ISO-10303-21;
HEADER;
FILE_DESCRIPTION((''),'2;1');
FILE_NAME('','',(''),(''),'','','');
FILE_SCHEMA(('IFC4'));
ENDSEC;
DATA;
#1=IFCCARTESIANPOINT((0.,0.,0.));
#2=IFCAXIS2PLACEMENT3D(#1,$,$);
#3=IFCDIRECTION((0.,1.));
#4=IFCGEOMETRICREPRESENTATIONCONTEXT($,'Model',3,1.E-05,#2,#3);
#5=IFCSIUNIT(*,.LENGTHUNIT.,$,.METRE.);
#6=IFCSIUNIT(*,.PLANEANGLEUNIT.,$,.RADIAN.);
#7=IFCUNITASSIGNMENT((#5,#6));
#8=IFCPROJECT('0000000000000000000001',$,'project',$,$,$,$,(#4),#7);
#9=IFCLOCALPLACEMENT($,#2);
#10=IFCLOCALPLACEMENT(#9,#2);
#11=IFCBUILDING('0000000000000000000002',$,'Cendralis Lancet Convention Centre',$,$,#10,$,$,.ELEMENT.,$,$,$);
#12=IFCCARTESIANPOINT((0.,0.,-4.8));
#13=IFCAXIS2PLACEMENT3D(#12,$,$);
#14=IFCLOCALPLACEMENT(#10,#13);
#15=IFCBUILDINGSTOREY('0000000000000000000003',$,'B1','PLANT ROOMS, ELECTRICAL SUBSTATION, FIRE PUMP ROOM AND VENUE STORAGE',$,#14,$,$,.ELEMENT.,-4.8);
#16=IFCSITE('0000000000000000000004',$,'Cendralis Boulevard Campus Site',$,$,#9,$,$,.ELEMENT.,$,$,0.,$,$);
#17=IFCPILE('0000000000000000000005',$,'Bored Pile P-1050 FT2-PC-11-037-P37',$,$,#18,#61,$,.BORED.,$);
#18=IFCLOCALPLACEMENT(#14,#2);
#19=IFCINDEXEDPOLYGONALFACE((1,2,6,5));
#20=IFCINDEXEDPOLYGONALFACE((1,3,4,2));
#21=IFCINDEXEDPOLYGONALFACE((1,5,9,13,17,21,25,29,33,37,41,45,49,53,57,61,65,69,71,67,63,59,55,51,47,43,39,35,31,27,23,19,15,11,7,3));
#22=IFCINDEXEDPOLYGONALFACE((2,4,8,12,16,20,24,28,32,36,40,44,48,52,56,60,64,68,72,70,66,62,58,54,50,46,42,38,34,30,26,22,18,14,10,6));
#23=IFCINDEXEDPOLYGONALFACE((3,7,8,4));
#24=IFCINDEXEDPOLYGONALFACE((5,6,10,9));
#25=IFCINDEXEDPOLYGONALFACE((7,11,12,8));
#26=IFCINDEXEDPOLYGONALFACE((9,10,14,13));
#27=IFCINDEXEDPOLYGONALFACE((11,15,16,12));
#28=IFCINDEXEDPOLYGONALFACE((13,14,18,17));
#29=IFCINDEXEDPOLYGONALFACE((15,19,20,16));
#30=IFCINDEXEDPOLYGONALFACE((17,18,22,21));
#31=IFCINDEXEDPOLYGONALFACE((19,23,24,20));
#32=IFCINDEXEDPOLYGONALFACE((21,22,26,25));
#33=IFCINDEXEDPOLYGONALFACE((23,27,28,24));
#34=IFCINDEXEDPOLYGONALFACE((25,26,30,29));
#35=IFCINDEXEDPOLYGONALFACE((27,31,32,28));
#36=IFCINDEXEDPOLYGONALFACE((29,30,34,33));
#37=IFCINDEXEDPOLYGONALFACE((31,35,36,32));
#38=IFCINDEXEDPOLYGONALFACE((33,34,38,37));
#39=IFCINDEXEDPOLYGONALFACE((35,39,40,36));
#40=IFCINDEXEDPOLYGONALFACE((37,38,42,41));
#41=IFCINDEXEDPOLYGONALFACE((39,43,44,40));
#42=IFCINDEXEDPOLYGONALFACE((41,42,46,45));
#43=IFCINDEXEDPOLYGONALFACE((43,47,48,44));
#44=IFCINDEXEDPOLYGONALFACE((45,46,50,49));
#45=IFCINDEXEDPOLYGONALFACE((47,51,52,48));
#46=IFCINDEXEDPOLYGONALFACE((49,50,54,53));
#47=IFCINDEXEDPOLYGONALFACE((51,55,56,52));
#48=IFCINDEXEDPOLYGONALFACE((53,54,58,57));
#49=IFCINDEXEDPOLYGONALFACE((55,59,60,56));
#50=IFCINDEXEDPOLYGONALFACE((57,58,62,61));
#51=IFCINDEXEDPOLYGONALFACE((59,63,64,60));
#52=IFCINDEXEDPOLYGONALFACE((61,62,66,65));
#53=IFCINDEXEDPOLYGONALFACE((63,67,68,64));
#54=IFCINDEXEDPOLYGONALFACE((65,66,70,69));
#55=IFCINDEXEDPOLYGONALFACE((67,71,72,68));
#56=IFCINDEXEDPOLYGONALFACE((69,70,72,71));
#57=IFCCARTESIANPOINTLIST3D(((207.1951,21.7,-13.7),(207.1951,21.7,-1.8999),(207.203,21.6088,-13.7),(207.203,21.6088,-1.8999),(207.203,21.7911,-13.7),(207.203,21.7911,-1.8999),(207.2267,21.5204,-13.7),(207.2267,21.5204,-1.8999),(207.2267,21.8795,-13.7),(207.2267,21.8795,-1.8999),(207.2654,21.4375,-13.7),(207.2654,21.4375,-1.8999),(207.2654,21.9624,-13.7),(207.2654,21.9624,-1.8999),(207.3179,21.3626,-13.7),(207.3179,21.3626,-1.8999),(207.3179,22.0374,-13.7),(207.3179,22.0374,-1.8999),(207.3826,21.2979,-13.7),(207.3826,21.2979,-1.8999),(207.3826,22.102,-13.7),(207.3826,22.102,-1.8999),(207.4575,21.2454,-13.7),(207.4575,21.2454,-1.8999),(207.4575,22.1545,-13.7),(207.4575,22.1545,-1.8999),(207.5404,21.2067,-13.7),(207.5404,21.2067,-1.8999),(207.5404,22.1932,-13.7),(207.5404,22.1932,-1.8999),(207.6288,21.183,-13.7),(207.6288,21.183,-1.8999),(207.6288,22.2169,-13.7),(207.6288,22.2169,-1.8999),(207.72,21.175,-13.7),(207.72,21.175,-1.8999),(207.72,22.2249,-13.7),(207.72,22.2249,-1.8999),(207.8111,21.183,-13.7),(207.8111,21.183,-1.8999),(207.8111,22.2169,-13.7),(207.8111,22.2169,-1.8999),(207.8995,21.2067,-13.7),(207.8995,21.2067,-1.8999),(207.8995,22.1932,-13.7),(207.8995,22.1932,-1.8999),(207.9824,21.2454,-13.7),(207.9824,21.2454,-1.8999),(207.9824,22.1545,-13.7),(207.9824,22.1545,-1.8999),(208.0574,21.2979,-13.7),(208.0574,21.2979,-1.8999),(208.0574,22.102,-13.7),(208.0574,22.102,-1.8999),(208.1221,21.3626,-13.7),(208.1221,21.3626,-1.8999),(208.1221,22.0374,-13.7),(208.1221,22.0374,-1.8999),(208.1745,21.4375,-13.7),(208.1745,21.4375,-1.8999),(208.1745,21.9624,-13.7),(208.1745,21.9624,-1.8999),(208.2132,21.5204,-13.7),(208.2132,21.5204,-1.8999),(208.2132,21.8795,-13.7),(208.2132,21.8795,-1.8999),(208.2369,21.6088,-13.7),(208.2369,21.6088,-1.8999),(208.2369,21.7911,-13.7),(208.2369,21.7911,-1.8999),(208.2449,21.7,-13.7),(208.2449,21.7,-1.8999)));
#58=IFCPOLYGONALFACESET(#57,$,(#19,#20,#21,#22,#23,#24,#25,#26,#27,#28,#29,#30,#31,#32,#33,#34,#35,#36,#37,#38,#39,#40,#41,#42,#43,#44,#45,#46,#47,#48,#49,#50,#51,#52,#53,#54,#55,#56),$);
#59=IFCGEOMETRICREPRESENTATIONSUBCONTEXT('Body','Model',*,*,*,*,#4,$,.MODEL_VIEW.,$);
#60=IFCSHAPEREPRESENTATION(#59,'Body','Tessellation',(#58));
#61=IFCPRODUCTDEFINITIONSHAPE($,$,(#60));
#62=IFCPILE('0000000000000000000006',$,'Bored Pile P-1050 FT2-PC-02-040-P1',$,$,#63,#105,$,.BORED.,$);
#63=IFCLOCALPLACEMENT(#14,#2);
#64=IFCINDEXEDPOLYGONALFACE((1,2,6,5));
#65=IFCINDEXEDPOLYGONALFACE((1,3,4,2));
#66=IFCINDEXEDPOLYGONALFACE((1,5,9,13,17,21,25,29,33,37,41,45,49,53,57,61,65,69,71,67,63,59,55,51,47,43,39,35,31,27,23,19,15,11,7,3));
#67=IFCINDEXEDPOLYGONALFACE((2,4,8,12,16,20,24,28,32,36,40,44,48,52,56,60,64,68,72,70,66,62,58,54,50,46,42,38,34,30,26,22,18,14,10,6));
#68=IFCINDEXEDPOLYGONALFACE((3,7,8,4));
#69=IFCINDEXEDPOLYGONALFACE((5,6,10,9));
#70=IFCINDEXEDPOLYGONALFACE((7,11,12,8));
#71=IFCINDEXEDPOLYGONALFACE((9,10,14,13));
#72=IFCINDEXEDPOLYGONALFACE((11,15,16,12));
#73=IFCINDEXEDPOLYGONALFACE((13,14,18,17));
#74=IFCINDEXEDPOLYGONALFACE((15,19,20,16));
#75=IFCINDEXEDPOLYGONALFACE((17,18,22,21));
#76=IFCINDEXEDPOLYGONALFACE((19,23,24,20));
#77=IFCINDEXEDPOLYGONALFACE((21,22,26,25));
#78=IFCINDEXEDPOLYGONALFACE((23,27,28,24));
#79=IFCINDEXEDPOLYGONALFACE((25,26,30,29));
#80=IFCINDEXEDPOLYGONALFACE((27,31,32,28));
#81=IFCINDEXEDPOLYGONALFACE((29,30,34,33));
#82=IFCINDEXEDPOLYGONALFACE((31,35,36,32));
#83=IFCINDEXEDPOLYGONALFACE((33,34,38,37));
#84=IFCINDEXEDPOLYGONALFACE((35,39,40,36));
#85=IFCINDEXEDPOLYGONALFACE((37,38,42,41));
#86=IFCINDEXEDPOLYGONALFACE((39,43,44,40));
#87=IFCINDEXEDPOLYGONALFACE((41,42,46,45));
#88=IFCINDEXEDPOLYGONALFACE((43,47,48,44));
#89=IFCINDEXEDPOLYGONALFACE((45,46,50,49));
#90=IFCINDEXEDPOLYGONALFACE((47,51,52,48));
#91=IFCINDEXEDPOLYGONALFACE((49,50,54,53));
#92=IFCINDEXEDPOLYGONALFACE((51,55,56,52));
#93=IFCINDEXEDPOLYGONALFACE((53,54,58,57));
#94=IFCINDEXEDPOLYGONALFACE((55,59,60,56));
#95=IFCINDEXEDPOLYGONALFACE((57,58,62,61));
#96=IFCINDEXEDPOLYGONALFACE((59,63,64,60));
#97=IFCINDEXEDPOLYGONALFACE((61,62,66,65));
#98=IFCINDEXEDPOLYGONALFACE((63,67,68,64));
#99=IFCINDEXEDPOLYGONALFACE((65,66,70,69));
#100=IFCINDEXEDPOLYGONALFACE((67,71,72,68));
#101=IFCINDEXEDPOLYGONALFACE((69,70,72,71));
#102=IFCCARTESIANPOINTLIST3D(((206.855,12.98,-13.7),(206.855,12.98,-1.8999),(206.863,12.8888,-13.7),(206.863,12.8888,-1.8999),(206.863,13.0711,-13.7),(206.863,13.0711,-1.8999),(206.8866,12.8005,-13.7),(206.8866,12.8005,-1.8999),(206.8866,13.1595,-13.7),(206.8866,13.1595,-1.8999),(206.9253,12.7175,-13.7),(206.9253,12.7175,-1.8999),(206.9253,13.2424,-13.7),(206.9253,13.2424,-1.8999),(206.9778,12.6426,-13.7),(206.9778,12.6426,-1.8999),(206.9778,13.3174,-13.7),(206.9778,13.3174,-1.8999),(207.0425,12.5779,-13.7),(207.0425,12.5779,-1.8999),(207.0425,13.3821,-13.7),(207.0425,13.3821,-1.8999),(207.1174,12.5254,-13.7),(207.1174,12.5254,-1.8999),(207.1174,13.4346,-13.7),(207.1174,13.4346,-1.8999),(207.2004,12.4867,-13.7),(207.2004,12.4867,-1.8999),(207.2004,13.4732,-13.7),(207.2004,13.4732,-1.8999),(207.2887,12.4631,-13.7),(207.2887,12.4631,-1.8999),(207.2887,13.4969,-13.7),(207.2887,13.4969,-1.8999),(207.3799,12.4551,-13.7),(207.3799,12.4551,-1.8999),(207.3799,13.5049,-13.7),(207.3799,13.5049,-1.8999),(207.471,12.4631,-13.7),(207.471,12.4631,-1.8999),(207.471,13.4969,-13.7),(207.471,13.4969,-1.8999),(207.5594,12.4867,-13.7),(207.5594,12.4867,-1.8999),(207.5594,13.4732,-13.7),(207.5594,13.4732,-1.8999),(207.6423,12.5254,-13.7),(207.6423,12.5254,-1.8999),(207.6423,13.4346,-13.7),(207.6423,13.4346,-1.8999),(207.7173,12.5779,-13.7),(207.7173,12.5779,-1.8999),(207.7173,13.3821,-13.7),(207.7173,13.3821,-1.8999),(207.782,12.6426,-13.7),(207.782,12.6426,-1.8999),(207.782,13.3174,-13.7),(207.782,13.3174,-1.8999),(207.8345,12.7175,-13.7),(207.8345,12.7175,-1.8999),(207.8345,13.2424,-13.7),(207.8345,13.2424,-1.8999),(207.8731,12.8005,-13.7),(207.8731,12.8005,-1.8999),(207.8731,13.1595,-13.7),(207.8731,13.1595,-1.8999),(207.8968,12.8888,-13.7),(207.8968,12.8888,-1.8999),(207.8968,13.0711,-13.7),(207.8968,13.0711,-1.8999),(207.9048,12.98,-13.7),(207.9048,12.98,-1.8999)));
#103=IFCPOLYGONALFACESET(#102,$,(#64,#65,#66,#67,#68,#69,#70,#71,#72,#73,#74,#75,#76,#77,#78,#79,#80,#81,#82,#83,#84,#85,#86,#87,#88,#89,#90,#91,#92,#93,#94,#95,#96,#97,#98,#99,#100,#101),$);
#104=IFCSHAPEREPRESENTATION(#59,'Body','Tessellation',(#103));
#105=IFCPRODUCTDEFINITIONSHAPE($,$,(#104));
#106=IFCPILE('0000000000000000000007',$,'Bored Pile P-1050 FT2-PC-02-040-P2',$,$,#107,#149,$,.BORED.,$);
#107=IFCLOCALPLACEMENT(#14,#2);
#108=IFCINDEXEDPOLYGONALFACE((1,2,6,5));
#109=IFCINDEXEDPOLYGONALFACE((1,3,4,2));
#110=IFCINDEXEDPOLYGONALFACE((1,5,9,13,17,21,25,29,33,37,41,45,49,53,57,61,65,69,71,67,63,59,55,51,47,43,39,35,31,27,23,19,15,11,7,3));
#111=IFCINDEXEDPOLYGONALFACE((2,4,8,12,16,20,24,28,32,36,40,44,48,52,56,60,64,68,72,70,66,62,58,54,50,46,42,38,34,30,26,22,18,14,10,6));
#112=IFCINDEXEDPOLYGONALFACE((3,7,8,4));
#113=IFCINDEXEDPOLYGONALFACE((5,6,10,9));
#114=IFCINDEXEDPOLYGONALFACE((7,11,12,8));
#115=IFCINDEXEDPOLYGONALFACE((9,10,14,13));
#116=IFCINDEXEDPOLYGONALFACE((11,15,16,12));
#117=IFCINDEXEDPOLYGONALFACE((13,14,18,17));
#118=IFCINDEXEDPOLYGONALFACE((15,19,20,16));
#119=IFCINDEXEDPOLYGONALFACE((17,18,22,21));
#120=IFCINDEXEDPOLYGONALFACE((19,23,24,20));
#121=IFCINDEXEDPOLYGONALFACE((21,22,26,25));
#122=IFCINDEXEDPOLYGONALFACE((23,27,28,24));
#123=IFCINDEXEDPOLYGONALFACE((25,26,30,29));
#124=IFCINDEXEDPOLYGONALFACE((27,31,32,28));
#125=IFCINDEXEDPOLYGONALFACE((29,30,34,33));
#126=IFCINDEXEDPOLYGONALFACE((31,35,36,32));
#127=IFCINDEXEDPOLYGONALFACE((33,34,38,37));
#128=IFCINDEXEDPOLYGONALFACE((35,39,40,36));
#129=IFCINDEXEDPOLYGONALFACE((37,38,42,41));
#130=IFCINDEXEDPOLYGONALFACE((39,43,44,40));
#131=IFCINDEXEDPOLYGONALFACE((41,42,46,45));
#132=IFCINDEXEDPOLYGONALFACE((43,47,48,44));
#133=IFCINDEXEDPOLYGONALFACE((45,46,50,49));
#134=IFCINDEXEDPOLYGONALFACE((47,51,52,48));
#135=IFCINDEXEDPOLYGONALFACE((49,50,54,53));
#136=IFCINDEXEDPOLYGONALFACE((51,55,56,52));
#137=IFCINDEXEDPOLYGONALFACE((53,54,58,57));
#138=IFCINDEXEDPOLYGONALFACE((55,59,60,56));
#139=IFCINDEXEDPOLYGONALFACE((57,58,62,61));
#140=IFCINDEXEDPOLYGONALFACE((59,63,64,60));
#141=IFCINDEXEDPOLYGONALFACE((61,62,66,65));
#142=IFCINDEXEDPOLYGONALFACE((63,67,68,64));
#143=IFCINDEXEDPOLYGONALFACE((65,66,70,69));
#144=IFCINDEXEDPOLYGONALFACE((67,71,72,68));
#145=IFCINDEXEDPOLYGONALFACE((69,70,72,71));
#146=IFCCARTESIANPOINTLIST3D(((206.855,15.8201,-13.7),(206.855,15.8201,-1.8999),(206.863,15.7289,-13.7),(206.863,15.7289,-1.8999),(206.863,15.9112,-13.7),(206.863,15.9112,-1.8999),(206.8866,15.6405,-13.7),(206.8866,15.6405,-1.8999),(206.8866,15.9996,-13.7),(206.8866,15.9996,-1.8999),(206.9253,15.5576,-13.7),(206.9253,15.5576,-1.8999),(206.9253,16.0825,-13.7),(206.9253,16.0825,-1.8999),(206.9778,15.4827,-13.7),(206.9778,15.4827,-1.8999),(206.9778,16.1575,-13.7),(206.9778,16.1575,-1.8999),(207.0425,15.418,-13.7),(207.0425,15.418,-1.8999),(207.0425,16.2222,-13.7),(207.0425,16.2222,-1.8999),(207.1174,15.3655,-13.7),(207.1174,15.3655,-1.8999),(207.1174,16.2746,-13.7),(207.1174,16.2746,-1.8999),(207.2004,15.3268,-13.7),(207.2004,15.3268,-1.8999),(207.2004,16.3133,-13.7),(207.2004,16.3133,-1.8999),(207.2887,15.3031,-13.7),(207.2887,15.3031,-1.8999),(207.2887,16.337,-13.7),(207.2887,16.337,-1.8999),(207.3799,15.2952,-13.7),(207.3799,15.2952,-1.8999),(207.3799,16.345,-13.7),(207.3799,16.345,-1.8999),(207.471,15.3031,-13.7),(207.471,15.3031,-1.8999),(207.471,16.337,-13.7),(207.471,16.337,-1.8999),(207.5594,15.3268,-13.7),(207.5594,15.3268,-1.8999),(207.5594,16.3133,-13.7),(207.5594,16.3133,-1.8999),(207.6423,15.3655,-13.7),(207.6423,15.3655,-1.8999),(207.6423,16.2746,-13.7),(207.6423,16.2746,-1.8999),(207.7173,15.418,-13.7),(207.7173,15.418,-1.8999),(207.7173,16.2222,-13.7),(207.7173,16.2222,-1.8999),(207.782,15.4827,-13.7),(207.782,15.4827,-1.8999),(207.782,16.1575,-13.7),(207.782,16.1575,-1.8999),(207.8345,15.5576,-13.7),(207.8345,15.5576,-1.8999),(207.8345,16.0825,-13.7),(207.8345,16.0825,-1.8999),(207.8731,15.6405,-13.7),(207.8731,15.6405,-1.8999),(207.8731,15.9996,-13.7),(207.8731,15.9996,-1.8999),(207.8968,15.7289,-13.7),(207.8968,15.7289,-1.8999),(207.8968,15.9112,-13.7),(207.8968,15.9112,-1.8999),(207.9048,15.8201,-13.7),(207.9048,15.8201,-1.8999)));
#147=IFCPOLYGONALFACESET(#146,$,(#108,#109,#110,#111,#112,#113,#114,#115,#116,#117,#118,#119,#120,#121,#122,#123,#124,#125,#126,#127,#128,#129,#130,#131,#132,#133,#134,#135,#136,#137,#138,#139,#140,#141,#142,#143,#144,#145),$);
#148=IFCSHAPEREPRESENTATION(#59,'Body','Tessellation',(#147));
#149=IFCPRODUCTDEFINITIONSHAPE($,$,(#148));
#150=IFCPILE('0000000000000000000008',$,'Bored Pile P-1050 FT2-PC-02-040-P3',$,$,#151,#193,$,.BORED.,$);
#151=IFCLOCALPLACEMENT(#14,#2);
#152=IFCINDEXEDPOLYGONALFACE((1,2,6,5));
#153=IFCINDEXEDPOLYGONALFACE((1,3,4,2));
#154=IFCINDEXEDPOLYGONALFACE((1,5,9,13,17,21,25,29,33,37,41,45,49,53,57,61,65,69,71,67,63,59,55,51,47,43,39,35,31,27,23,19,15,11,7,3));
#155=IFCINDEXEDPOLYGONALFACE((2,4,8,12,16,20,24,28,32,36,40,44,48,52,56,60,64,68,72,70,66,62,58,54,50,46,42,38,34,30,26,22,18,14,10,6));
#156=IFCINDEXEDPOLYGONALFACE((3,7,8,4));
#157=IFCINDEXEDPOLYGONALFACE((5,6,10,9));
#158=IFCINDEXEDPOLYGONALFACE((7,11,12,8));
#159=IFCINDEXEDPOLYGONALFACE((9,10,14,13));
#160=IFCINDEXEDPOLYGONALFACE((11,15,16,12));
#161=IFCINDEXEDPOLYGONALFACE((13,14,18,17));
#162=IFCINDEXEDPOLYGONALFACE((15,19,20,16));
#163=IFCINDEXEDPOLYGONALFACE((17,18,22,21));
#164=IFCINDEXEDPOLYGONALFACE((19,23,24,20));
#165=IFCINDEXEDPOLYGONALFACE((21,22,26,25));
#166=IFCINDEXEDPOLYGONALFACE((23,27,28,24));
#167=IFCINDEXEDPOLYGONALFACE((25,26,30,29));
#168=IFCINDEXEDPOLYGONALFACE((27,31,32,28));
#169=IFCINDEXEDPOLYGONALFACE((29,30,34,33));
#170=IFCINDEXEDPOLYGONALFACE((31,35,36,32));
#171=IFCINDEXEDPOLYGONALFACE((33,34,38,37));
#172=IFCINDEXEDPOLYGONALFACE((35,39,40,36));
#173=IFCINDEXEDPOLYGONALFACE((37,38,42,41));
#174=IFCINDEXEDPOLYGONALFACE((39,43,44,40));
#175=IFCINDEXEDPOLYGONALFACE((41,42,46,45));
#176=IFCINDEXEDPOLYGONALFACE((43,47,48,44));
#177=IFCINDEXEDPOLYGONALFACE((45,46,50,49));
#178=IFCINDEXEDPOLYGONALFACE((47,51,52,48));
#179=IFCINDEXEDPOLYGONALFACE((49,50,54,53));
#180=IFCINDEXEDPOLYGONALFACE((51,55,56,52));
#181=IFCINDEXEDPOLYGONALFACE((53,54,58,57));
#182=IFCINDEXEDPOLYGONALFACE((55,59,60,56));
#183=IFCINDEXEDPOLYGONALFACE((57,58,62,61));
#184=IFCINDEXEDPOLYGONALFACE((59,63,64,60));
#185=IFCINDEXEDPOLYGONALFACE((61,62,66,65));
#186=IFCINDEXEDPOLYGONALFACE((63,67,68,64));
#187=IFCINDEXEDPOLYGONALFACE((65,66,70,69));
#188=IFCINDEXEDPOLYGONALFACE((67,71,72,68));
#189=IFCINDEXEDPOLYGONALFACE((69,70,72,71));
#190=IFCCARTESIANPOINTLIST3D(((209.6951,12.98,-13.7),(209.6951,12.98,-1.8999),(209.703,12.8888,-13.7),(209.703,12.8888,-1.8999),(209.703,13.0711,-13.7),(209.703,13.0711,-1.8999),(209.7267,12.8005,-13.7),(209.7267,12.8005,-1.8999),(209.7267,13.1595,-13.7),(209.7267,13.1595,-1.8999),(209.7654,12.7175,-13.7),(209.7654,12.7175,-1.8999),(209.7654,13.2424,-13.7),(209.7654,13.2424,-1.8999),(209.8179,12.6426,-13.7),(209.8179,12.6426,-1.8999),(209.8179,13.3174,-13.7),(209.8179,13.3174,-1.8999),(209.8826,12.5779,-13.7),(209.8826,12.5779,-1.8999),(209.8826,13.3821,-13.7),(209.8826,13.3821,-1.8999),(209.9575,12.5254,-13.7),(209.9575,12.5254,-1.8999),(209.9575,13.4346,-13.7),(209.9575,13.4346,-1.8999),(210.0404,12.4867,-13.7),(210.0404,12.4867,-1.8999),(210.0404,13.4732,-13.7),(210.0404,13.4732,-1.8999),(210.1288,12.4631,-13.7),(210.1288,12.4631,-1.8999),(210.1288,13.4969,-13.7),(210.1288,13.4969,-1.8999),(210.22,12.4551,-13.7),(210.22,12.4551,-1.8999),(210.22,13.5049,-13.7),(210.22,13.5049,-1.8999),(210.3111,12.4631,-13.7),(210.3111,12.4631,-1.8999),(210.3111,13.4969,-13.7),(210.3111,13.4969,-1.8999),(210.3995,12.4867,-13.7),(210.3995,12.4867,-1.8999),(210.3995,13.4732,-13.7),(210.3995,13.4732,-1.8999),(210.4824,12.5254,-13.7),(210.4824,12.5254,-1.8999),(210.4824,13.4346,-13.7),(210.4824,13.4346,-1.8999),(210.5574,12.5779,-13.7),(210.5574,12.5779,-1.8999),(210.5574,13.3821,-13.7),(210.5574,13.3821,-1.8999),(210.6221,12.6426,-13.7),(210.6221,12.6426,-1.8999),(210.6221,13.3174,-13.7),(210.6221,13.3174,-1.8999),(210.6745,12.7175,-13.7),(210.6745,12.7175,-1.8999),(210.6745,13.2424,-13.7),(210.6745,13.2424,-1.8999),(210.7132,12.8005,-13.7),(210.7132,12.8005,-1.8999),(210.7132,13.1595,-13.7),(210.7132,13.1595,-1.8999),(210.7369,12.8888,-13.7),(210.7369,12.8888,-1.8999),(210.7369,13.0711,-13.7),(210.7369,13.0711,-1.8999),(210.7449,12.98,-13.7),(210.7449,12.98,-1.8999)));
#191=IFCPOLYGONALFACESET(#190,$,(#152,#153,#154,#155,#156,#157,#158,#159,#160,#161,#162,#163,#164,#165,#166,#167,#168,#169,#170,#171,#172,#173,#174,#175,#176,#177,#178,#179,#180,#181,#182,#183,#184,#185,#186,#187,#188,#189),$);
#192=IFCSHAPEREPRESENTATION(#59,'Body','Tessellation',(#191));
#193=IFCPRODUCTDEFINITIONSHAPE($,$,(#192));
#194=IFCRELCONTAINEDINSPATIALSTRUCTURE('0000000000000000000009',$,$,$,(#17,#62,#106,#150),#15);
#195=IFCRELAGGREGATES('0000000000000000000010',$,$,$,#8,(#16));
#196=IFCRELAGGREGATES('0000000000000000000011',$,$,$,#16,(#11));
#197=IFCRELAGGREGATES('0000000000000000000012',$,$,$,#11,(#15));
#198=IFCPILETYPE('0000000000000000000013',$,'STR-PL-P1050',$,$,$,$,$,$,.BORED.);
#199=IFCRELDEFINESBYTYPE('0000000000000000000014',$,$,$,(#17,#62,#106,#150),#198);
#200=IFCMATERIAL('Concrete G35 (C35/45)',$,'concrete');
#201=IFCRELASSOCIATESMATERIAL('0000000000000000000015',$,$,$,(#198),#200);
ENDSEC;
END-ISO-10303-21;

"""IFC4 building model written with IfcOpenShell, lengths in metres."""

from ifc_helpers import new_model, si_unit, direction, frame, origin, origin_2d, place, context, subcontext, project, spatial, circle, extrude, material, material_profile, profile_set, type_object, element, save


model = new_model("IFC4")

# Units and contexts
model_context = context("Model", 3, precision=1e-05, world=origin(), true_north=direction((0.0, 1.0)))
body_context = subcontext(model_context, "Body", "Model", "MODEL_VIEW")
ifc_project = project(units=[si_unit("LENGTHUNIT", "METRE"), si_unit("PLANEANGLEUNIT", "RADIAN")], contexts=[model_context])

# Site, building, storey
site_placement = place(None, origin())
site = spatial("IfcSite", under=ifc_project, at=site_placement, Name="Cendralis Boulevard Campus Site", CompositionType="ELEMENT", RefElevation=0.0)
building_placement = place(site_placement, origin())
building = spatial("IfcBuilding", under=site, at=building_placement, Name="Cendralis Lancet Convention Centre", CompositionType="ELEMENT")
storey_placement = place(building_placement, frame((0.0, 0.0, -4.8)))
storey = spatial("IfcBuildingStorey", under=building, at=storey_placement, Name="B1", Description="PLANT ROOMS, ELECTRICAL SUBSTATION, FIRE PUMP ROOM AND VENUE STORAGE", CompositionType="ELEMENT", Elevation=-4.8)

# Shared definitions
ifc_material_1 = material(Name="Concrete G35 (C35/45)", Category="concrete")

# Piles
ifc_material_profile_1 = material_profile(ifc_material_1, circle(Radius=0.5249, at=origin_2d()), Name="BORED PILE D1050")
ifc_profile_set_1 = profile_set([ifc_material_profile_1], Name="Concrete G35 (C35/45)")
pile_type = type_object("IfcPileType", Name="STR-PL-P1050", PredefinedType="BORED", material=ifc_profile_set_1)
for number, where, z_axis, x_axis, name in (
    (1, (207.72, 21.7, -1.8999), (0.0, 0.0, -1.0), (1.0, 0.0, 0.0), "Bored Pile P-1050 FT2-PC-11-037-P37"),
    (2, (207.3799, 12.98, -1.8999), (0.0, 0.0, -1.0), (1.0, 0.0, 0.0), "Bored Pile P-1050 FT2-PC-02-040-P1"),
    (3, (207.3799, 15.8201, -1.8999), (0.0, 0.0, -1.0), (1.0, 0.0, 0.0), "Bored Pile P-1050 FT2-PC-02-040-P2"),
    (4, (210.22, 12.98, -1.8999), (0.0, 0.0, -1.0), (1.0, 0.0, 0.0), "Bored Pile P-1050 FT2-PC-02-040-P3"),
):
    element("IfcPile", number, at=place(storey_placement, frame(where, z_axis=z_axis, x_axis=x_axis)), inside=storey, type_object=pile_type, Name=name, PredefinedType="BORED", context=body_context, shape_type="SweptSolid", body=[
        extrude(circle(Radius=0.5249, at=origin_2d()), origin(), (0.0, 0.0, 1.0), 11.8),
    ])

save(model, "model.ifc")
